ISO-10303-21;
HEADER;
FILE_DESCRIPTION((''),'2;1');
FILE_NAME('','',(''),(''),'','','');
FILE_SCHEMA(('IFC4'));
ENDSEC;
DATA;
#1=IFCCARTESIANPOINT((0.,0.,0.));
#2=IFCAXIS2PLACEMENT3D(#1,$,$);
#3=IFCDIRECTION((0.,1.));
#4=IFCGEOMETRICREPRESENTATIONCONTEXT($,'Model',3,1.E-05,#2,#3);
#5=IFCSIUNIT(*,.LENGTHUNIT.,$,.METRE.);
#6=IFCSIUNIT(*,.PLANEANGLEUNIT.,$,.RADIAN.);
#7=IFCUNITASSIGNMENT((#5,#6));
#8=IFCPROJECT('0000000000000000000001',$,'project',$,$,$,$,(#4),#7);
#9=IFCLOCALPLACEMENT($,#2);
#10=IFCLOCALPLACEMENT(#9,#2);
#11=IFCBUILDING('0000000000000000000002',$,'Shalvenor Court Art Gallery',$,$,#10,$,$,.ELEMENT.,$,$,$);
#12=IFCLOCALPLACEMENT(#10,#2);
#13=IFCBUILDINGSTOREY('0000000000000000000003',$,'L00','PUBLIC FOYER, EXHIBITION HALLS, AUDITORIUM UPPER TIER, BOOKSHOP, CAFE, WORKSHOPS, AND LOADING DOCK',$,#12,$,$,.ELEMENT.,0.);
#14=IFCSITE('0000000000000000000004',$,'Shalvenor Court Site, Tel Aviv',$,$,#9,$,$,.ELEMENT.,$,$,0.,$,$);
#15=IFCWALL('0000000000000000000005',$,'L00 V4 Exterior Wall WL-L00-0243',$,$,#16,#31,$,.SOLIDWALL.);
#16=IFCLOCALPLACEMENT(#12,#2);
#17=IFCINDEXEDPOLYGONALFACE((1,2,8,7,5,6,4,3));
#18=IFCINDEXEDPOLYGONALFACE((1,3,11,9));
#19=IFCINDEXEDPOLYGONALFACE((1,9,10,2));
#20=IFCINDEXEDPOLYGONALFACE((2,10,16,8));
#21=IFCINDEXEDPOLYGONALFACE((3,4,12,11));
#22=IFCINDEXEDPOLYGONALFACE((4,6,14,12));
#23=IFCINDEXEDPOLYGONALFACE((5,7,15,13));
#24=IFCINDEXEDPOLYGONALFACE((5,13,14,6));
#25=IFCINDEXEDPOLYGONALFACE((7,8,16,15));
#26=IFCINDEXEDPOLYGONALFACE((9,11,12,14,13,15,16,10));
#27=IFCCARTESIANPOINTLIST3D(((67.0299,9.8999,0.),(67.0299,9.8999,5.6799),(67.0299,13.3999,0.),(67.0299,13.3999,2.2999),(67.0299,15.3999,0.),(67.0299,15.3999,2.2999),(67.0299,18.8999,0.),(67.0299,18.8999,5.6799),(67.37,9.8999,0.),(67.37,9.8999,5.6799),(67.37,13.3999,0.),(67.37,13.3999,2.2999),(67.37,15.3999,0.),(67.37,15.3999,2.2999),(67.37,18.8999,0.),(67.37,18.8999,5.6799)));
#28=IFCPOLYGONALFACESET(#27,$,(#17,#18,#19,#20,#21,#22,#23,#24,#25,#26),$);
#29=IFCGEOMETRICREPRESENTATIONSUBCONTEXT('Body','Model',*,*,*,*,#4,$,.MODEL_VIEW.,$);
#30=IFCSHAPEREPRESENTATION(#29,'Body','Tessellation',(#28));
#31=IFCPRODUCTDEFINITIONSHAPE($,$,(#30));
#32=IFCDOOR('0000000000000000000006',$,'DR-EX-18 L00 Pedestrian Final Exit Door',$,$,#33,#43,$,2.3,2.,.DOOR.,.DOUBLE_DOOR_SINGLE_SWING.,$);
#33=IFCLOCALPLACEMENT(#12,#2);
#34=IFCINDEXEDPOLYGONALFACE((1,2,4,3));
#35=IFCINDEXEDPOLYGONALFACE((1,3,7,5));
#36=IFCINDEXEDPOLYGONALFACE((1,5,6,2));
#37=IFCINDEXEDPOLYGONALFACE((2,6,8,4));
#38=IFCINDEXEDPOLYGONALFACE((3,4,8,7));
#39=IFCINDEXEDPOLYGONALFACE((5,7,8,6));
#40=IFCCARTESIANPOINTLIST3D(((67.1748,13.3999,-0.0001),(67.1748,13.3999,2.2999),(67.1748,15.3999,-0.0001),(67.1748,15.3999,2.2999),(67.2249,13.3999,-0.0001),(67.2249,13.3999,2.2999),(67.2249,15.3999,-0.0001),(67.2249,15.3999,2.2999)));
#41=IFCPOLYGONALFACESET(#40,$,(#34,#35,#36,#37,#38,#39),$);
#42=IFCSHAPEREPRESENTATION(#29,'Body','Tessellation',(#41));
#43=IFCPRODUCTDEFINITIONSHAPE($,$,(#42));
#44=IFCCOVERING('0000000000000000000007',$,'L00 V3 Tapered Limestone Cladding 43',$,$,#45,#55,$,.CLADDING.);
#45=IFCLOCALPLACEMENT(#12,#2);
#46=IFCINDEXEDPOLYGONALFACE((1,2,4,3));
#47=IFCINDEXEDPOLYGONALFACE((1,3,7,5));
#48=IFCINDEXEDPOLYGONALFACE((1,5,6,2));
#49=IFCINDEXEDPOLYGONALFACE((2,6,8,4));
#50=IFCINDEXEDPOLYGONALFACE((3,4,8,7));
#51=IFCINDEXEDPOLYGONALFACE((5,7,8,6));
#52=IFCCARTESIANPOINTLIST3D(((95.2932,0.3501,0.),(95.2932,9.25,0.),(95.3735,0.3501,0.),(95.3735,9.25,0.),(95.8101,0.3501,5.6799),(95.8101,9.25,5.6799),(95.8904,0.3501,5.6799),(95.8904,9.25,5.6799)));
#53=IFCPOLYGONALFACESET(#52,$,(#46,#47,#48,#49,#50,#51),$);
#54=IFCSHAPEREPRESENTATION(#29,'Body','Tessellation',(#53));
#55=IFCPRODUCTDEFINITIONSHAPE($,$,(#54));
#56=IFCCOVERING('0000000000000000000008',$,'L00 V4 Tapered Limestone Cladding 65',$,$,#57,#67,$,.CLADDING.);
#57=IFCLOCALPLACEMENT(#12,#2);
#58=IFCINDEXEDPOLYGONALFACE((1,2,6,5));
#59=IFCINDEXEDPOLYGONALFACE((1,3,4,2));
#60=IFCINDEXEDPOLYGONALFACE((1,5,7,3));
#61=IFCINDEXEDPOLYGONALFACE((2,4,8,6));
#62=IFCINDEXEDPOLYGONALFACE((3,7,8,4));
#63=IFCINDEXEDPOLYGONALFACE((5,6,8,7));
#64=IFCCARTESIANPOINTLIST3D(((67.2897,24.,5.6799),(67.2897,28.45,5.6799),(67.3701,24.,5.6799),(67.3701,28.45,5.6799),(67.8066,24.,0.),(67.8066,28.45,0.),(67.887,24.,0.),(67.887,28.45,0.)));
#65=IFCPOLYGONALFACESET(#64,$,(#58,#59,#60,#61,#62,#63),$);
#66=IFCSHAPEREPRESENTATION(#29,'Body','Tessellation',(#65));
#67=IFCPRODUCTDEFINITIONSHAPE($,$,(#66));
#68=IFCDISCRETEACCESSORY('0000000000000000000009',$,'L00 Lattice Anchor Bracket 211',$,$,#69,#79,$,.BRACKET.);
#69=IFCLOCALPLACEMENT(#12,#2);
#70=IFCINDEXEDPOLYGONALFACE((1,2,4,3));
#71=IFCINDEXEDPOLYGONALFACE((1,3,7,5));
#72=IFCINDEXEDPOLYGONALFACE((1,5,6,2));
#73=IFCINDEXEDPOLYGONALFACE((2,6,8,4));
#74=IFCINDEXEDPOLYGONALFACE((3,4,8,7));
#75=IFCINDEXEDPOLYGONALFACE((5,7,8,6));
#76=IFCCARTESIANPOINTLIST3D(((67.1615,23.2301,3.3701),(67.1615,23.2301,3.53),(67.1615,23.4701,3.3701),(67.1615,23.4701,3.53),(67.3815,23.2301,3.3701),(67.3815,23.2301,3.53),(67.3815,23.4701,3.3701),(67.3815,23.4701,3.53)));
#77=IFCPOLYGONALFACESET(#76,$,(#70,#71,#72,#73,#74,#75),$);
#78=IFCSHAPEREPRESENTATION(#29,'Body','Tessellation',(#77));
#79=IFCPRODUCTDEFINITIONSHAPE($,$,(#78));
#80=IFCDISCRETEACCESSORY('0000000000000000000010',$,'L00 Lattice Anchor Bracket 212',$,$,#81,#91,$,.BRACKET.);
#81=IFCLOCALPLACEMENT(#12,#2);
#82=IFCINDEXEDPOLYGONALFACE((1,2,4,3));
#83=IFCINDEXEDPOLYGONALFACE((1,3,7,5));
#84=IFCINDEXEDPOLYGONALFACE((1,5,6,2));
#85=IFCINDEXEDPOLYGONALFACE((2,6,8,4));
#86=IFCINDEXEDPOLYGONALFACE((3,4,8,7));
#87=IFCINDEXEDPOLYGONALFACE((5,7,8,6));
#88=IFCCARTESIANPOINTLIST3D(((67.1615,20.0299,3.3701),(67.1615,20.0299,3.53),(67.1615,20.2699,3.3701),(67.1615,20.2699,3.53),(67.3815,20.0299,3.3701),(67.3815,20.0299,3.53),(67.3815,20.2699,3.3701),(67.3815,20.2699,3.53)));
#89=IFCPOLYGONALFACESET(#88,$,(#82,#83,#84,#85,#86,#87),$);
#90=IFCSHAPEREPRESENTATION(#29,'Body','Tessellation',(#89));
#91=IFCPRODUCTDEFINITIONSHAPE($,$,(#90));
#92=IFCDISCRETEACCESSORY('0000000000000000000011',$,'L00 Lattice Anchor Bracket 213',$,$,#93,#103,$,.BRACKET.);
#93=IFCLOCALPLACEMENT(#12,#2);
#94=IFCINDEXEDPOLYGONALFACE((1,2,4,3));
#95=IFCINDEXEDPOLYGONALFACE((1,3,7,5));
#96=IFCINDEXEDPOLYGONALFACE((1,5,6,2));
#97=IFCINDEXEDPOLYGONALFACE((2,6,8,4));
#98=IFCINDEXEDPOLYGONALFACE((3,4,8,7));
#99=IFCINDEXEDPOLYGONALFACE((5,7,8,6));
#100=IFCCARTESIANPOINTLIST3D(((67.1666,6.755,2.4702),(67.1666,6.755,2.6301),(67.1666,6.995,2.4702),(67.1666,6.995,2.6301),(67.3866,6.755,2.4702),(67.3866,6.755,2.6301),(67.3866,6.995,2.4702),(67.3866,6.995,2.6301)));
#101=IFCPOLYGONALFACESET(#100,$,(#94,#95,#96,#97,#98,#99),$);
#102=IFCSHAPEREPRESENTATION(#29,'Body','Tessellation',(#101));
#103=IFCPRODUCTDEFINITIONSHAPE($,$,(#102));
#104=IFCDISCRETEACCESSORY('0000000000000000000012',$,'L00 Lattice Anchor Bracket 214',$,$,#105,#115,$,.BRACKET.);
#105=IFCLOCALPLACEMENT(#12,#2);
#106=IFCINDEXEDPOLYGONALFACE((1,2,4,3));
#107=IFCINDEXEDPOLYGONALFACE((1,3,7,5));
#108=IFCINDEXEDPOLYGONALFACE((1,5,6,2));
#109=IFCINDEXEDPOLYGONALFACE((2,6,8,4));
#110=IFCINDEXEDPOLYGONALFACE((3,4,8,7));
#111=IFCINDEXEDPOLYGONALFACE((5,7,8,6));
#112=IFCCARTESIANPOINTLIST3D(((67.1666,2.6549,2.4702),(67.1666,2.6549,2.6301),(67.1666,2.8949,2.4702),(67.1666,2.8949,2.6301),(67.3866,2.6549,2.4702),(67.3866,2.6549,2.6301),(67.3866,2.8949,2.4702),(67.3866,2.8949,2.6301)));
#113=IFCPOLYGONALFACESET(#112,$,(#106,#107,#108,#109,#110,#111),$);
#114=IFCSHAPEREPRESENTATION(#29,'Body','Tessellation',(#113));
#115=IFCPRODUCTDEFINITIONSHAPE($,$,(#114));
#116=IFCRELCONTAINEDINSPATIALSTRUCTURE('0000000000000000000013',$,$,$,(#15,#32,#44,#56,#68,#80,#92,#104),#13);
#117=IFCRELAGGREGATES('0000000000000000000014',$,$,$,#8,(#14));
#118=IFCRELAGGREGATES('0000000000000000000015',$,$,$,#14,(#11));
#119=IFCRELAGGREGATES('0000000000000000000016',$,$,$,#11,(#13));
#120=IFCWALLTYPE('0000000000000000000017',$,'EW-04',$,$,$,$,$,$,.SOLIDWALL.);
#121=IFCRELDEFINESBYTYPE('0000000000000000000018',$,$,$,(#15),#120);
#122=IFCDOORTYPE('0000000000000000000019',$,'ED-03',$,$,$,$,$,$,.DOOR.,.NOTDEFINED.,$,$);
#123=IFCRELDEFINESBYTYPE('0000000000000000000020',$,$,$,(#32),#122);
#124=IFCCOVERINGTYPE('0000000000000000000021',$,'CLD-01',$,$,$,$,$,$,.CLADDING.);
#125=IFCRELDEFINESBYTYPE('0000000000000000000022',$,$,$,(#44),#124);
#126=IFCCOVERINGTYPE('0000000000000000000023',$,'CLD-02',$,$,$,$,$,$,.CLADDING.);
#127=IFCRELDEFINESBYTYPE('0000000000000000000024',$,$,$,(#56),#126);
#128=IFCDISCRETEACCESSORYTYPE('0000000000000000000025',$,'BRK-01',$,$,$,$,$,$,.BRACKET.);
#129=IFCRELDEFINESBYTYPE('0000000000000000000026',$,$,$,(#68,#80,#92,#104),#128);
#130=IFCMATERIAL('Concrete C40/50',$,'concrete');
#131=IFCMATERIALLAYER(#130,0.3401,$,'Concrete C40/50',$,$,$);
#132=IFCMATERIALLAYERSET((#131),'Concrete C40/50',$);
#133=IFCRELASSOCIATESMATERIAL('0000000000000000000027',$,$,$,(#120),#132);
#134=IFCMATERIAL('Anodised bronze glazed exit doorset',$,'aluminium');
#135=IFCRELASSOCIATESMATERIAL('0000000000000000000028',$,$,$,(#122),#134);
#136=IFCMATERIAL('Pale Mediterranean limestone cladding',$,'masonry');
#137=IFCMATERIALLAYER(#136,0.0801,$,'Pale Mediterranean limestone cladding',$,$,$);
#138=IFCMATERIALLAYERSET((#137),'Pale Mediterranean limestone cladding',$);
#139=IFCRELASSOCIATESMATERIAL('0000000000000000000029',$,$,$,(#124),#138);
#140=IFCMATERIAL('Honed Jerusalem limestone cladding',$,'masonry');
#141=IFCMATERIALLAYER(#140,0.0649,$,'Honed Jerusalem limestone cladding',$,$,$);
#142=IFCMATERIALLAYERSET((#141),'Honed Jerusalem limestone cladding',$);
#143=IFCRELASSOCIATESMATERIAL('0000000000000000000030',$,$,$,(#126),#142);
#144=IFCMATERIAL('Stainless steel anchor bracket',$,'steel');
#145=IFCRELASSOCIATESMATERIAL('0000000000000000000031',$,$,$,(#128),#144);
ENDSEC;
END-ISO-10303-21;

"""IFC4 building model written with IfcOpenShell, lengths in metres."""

from ifc_helpers import new_model, si_unit, direction, frame, frame_2d, origin, origin_2d, place, context, subcontext, project, spatial, polyline, rectangle, outline, extrude, material, layer, layer_set, type_object, element, fill, save


model = new_model("IFC4")

# Units and contexts
model_context = context("Model", 3, precision=1e-05, world=origin(), true_north=direction((0.0, 1.0)))
body_context = subcontext(model_context, "Body", "Model", "MODEL_VIEW")
ifc_project = project(units=[si_unit("LENGTHUNIT", "METRE"), si_unit("PLANEANGLEUNIT", "RADIAN")], contexts=[model_context])

# Site, building, storey
site_placement = place(None, origin())
site = spatial("IfcSite", under=ifc_project, at=site_placement, Name="Shalvenor Court Site, Tel Aviv", CompositionType="ELEMENT", RefElevation=0.0)
building_placement = place(site_placement, origin())
building = spatial("IfcBuilding", under=site, at=building_placement, Name="Shalvenor Court Art Gallery", CompositionType="ELEMENT")
storey_placement = place(building_placement, origin())
storey = spatial("IfcBuildingStorey", under=building, at=storey_placement, Name="L00", Description="PUBLIC FOYER, EXHIBITION HALLS, AUDITORIUM UPPER TIER, BOOKSHOP, CAFE, WORKSHOPS, AND LOADING DOCK", CompositionType="ELEMENT", Elevation=0.0)

# Wall, opening, door
ifc_material_1 = material(Name="Concrete C40/50", Category="concrete")
ifc_layer_1 = layer(ifc_material_1, 0.3401, Name="Concrete C40/50")
ifc_layer_set_1 = layer_set([ifc_layer_1], Name="Concrete C40/50")
wall_type = type_object("IfcWallType", Name="EW-04", PredefinedType="SOLIDWALL", material=ifc_layer_set_1)
wall_placement = place(storey_placement, frame((67.2, 18.8999, 0.0), z_axis=(0.0, 0.0, 1.0), x_axis=(0.0, -1.0, 0.0)))
wall = element("IfcWall", 1, at=wall_placement, inside=storey, type_object=wall_type, Name="L00 V4 Exterior Wall WL-L00-0243", PredefinedType="SOLIDWALL", context=body_context, shape_type="SweptSolid", body=[
    extrude(rectangle(XDim=9.0, YDim=0.3401, at=frame_2d((4.5, 0.0))), origin(), (0.0, 0.0, 1.0), 5.6799),
])
opening_placement = place(wall_placement, frame((3.5, 0.0, 0.0)))
opening = element("IfcOpeningElement", 2, at=opening_placement, cuts=wall, PredefinedType="OPENING", context=body_context, shape_type="SweptSolid", body=[
    extrude(rectangle(XDim=2.0, YDim=2.3, at=frame_2d((1.0, 1.1499))), frame((0.0, 0.1799, 0.0), z_axis=(0.0, -1.0, 0.0), x_axis=(1.0, 0.0, 0.0)), (0.0, 0.0, 1.0), 0.3601),
])
ifc_material_2 = material(Name="Anodised bronze glazed exit doorset", Category="aluminium")
door_type = type_object("IfcDoorType", Name="ED-03", OperationType="NOTDEFINED", PredefinedType="DOOR", material=ifc_material_2)
door_placement = place(opening_placement, origin())
door = element("IfcDoor", 3, at=door_placement, inside=storey, type_object=door_type, Name="DR-EX-18 L00 Pedestrian Final Exit Door", OperationType="DOUBLE_DOOR_SINGLE_SWING", OverallHeight=2.3, OverallWidth=2.0, PredefinedType="DOOR", context=body_context, shape_type="SweptSolid", body=[
    extrude(rectangle(XDim=2.0, YDim=2.3, at=frame_2d((1.0, 1.1499))), frame((0.0, 0.0249, 0.0), z_axis=(0.0, -1.0, 0.0), x_axis=(1.0, 0.0, 0.0)), (0.0, 0.0, 1.0), 0.05),
])
fill(opening, door)

# Coverings
ifc_material_3 = material(Name="Pale Mediterranean limestone cladding", Category="masonry")
ifc_layer_2 = layer(ifc_material_3, 0.0801, Name="Pale Mediterranean limestone cladding")
ifc_layer_set_2 = layer_set([ifc_layer_2], Name="Pale Mediterranean limestone cladding")
covering_type_1 = type_object("IfcCoveringType", Name="CLD-01", PredefinedType="CLADDING", material=ifc_layer_set_2)
covering_1_placement = place(storey_placement, frame((95.2932, 9.25, 0.0), z_axis=(0.0, 0.0, 1.0), x_axis=(0.0, -1.0, 0.0)))
element("IfcCovering", 4, at=covering_1_placement, inside=storey, type_object=covering_type_1, Name="L00 V3 Tapered Limestone Cladding 43", PredefinedType="CLADDING", context=body_context, shape_type="SweptSolid", body=[
    extrude(outline(polyline([(0.0, 0.0), (8.8999, 0.0), (8.8999, 5.7034), (0.0, 5.7034), (0.0, 0.0)])), frame((0.0, 0.0, 0.0), z_axis=(0.0, -0.995884, 0.090633), x_axis=(1.0, 0.0, 0.0)), (0.0, 0.090633, -0.995884), 0.0803),
])
ifc_material_4 = material(Name="Honed Jerusalem limestone cladding", Category="masonry")
ifc_layer_3 = layer(ifc_material_4, 0.0649, Name="Honed Jerusalem limestone cladding")
ifc_layer_set_3 = layer_set([ifc_layer_3], Name="Honed Jerusalem limestone cladding")
covering_type_2 = type_object("IfcCoveringType", Name="CLD-02", PredefinedType="CLADDING", material=ifc_layer_set_3)
covering_2_placement = place(storey_placement, frame((67.887, 24.0, 0.0), z_axis=(0.0, 0.0, 1.0), x_axis=(0.0, 1.0, 0.0)))
element("IfcCovering", 5, at=covering_2_placement, inside=storey, type_object=covering_type_2, Name="L00 V4 Tapered Limestone Cladding 65", PredefinedType="CLADDING", context=body_context, shape_type="SweptSolid", body=[
    extrude(outline(polyline([(0.0, 0.0), (4.45, 0.0), (4.45, 5.7034), (0.0, 5.7034), (0.0, 0.0)])), frame((0.0, 0.0, 0.0), z_axis=(0.0, -0.995884, 0.090633), x_axis=(1.0, 0.0, 0.0)), (0.0, 0.090633, -0.995884), 0.0803),
])

# Discrete accessories
ifc_material_5 = material(Name="Stainless steel anchor bracket", Category="steel")
discrete_accessory_type = type_object("IfcDiscreteAccessoryType", Name="BRK-01", PredefinedType="BRACKET", material=ifc_material_5)
for number, where, z_axis, x_axis, name in (
    (6, (67.2715, 23.3501, 3.3701), (0.0, 0.0, 1.0), (0.0, -1.0, 0.0), "L00 Lattice Anchor Bracket 211"),
    (7, (67.2715, 20.1499, 3.3701), (0.0, 0.0, 1.0), (0.0, -1.0, 0.0), "L00 Lattice Anchor Bracket 212"),
    (8, (67.2766, 6.875, 2.4702), (0.0, 0.0, 1.0), (0.0, -1.0, 0.0), "L00 Lattice Anchor Bracket 213"),
    (9, (67.2766, 2.7749, 2.4702), (0.0, 0.0, 1.0), (0.0, -1.0, 0.0), "L00 Lattice Anchor Bracket 214"),
):
    element("IfcDiscreteAccessory", number, at=place(storey_placement, frame(where, z_axis=z_axis, x_axis=x_axis)), inside=storey, type_object=discrete_accessory_type, Name=name, PredefinedType="BRACKET", context=body_context, shape_type="SweptSolid", body=[
        extrude(rectangle(XDim=0.24, YDim=0.22, at=origin_2d()), origin(), (0.0, 0.0, 1.0), 0.1599),
    ])

save(model, "model.ifc")
